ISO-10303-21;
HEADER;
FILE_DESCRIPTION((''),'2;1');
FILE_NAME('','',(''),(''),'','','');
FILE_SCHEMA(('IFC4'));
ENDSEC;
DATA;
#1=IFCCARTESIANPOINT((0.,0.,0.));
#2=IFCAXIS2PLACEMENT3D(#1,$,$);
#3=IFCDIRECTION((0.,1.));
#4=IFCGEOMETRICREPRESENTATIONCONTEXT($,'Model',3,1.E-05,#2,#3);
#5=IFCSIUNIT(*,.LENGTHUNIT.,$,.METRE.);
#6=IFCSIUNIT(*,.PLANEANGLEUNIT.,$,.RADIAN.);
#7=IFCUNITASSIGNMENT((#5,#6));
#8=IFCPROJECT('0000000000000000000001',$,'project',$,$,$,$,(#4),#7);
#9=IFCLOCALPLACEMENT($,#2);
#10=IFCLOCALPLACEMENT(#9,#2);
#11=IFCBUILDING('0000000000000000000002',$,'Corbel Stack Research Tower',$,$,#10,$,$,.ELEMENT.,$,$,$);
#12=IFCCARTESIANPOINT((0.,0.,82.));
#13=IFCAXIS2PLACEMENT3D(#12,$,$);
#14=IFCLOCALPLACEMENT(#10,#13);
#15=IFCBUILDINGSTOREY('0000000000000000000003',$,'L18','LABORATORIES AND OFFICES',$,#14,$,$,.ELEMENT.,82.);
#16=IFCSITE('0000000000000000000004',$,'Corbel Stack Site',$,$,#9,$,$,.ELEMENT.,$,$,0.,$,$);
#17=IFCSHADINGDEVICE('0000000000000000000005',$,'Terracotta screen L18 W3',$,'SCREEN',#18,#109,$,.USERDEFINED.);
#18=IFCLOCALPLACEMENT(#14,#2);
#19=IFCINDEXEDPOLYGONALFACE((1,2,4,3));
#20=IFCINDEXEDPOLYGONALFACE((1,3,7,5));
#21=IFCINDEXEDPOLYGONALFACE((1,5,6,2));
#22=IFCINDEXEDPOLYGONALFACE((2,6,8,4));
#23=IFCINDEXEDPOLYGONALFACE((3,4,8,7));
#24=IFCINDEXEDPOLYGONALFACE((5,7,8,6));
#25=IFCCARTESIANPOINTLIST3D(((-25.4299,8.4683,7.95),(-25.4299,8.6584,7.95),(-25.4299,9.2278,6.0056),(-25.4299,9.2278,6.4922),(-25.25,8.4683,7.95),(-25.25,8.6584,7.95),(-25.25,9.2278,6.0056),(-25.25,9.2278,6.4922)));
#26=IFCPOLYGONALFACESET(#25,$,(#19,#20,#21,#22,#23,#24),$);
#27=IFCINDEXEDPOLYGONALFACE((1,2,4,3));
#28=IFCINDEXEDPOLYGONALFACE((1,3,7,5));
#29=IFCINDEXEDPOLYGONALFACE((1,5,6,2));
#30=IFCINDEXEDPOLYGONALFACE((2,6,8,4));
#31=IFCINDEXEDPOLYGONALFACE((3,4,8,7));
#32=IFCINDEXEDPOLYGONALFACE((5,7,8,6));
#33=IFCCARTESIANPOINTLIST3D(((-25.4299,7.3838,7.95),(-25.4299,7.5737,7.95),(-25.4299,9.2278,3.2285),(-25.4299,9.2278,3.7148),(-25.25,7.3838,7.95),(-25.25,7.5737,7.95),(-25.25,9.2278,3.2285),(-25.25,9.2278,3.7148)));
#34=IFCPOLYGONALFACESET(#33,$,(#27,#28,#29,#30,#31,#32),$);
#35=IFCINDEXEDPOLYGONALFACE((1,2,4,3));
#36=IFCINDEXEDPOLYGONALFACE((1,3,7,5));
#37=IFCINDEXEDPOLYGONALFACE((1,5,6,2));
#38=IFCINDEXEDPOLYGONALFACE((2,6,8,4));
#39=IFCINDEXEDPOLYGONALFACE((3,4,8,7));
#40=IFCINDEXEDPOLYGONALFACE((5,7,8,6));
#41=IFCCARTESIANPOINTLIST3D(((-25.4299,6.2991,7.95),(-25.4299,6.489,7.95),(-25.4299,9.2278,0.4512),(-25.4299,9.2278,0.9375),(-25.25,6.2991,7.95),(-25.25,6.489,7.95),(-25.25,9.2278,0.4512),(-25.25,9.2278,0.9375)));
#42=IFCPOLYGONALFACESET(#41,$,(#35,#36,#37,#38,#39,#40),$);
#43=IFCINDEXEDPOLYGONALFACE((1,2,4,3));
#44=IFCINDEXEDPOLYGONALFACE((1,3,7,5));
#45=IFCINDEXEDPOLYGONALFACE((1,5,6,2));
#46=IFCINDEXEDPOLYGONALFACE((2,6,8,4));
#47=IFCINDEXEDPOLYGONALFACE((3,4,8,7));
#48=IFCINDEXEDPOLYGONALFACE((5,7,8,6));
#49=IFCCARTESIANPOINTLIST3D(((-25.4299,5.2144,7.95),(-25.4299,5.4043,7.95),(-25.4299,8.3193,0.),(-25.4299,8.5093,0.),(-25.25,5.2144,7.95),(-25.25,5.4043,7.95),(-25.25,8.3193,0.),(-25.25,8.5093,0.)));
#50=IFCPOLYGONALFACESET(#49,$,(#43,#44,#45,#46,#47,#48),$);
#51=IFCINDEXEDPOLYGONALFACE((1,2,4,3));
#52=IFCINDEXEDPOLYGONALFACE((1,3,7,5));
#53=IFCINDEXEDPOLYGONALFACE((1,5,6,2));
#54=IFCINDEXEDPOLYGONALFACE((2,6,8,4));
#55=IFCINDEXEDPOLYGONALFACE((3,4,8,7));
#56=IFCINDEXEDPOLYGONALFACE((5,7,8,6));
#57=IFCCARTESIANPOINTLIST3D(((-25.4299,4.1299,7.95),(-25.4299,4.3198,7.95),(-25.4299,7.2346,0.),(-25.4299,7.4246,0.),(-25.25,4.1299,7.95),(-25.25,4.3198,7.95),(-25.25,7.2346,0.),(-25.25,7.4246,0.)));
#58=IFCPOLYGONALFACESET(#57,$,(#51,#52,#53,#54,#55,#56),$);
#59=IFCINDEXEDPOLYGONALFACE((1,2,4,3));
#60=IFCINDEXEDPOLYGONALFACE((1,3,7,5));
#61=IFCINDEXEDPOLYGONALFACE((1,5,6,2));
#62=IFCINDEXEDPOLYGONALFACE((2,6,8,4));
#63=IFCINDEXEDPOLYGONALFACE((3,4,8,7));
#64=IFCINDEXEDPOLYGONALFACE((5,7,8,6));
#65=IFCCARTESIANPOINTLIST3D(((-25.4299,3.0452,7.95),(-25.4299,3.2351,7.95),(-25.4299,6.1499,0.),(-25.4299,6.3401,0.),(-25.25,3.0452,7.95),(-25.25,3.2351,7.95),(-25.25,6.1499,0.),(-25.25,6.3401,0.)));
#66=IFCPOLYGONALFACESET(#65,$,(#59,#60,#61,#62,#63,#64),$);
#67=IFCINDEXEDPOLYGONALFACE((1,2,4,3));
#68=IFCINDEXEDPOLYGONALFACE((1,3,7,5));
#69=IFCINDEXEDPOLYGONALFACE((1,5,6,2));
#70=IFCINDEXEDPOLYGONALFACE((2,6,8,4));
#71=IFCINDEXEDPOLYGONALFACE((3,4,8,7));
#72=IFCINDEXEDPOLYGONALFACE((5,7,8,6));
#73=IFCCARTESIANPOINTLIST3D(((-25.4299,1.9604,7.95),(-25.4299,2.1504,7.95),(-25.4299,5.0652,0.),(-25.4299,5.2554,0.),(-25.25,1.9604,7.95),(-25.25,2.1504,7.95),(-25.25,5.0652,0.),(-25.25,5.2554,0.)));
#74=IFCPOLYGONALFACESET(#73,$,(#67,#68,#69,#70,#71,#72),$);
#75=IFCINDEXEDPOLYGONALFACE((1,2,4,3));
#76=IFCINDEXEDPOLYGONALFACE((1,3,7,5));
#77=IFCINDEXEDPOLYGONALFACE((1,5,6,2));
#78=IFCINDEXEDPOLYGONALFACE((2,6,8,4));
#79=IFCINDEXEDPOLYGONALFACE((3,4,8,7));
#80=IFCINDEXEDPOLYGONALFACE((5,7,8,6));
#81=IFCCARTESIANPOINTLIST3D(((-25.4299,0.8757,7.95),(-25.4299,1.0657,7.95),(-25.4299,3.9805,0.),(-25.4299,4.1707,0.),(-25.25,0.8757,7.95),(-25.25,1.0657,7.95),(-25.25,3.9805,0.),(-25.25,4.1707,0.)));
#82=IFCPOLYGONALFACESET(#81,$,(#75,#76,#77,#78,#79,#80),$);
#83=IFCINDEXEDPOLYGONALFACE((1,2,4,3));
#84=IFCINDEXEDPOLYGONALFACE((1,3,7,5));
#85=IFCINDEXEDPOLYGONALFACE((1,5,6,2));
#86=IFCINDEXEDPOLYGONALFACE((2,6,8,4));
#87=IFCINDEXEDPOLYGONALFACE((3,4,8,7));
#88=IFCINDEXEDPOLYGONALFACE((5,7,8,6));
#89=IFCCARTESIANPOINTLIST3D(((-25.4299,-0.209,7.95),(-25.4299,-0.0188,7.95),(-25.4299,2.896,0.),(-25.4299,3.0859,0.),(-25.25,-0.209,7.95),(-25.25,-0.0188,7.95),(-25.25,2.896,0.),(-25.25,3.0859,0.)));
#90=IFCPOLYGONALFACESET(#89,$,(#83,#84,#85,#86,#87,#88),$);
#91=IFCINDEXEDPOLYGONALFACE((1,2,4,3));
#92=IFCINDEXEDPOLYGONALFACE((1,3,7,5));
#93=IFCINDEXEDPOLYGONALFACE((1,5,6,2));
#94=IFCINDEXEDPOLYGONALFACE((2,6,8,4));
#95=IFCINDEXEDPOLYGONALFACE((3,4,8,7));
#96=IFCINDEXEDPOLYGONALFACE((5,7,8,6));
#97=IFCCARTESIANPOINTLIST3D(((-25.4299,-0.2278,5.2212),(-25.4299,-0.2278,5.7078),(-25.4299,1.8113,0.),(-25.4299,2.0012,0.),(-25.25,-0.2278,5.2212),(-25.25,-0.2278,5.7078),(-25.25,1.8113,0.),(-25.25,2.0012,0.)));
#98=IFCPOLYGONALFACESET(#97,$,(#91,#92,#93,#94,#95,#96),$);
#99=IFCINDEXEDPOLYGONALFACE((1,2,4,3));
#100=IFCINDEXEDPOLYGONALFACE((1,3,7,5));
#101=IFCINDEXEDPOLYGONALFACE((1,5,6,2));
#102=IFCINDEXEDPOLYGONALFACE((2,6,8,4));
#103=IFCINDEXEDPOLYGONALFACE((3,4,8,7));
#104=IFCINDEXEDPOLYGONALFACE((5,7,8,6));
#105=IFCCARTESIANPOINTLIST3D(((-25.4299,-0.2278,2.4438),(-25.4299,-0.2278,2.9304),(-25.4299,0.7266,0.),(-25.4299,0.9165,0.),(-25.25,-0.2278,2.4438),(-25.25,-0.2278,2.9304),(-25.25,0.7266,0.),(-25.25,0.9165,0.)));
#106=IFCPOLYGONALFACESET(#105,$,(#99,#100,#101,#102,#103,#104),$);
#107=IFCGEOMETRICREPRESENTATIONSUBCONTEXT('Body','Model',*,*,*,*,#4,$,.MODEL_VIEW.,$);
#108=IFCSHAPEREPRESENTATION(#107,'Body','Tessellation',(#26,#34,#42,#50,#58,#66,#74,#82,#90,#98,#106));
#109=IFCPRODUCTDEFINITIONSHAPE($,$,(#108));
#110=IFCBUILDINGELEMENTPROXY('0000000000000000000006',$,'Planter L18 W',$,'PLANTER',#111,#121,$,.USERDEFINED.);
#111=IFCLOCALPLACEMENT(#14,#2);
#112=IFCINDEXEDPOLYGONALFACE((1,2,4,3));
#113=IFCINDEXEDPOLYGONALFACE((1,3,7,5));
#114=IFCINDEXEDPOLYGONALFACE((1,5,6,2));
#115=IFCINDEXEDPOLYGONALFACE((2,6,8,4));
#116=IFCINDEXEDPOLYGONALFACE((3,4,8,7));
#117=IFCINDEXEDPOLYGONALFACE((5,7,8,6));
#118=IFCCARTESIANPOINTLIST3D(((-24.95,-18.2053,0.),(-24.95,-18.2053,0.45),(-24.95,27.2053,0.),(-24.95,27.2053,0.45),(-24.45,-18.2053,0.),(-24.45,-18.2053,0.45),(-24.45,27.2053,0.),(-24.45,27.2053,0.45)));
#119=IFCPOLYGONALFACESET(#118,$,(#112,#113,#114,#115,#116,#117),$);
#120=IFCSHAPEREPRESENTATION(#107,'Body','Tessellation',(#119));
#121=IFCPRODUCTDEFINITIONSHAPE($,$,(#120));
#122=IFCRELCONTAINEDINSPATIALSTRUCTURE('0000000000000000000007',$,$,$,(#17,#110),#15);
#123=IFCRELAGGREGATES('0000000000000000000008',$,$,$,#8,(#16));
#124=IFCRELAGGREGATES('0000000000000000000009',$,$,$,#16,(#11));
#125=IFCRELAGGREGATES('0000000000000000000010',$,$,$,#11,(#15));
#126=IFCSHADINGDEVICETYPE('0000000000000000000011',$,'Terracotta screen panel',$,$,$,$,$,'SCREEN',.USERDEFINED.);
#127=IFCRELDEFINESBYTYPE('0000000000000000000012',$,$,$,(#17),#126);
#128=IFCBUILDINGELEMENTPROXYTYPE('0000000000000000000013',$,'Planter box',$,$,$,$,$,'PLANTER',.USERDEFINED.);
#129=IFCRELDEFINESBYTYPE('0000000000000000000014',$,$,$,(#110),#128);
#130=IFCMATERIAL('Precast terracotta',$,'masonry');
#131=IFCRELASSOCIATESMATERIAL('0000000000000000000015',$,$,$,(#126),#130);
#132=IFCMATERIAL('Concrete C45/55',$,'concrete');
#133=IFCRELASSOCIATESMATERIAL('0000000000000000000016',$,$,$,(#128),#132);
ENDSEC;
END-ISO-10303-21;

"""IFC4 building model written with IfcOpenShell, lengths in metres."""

from ifc_helpers import new_model, si_unit, direction, frame, origin, origin_2d, place, context, subcontext, project, spatial, polyline, rectangle, outline, extrude, source, transform, mapped, material, type_object, element, save


model = new_model("IFC4")

# Units and contexts
model_context = context("Model", 3, precision=1e-05, world=origin(), true_north=direction((0.0, 1.0)))
body_context = subcontext(model_context, "Body", "Model", "MODEL_VIEW")
ifc_project = project(units=[si_unit("LENGTHUNIT", "METRE"), si_unit("PLANEANGLEUNIT", "RADIAN")], contexts=[model_context])

# Site, building, storey
site_placement = place(None, origin())
site = spatial("IfcSite", under=ifc_project, at=site_placement, Name="Corbel Stack Site", CompositionType="ELEMENT", RefElevation=0.0)
building_placement = place(site_placement, origin())
building = spatial("IfcBuilding", under=site, at=building_placement, Name="Corbel Stack Research Tower", CompositionType="ELEMENT")
storey_placement = place(building_placement, frame((0.0, 0.0, 82.0)))
storey = spatial("IfcBuildingStorey", under=building, at=storey_placement, Name="L18", Description="LABORATORIES AND OFFICES", CompositionType="ELEMENT", Elevation=82.0)

# Shading device
ifc_material_1 = material(Name="Precast terracotta", Category="masonry")
shading_device_type = type_object("IfcShadingDeviceType", Name="Terracotta screen panel", ElementType="SCREEN", PredefinedType="USERDEFINED", material=ifc_material_1)
shared_shape = source(origin(), body_context, "Body", "SweptSolid", [
    extrude(outline(polyline([(0.7595, 7.95), (0.5693, 7.95), (0.0, 6.4922), (0.0, 6.0056), (0.7595, 7.95)])), frame((0.0, 0.0, 0.0), z_axis=(0.0, -1.0, 0.0), x_axis=(1.0, 0.0, 0.0)), (0.0, 0.0, 1.0), 0.1799),
    extrude(outline(polyline([(1.844, 7.95), (1.6541, 7.95), (0.0, 3.7148), (0.0, 3.2285), (1.844, 7.95)])), frame((0.0, 0.0, 0.0), z_axis=(0.0, -1.0, 0.0), x_axis=(1.0, 0.0, 0.0)), (0.0, 0.0, 1.0), 0.1799),
    extrude(outline(polyline([(2.9287, 7.95), (2.7388, 7.95), (0.0, 0.9375), (0.0, 0.4512), (2.9287, 7.95)])), frame((0.0, 0.0, 0.0), z_axis=(0.0, -1.0, 0.0), x_axis=(1.0, 0.0, 0.0)), (0.0, 0.0, 1.0), 0.1799),
    extrude(outline(polyline([(0.9084, 0.0), (4.0134, 7.95), (3.8235, 7.95), (0.7185, 0.0), (0.9084, 0.0)])), frame((0.0, 0.0, 0.0), z_axis=(0.0, -1.0, 0.0), x_axis=(1.0, 0.0, 0.0)), (0.0, 0.0, 1.0), 0.1799),
    extrude(outline(polyline([(1.9932, 0.0), (5.0979, 7.95), (4.908, 7.95), (1.8032, 0.0), (1.9932, 0.0)])), frame((0.0, 0.0, 0.0), z_axis=(0.0, -1.0, 0.0), x_axis=(1.0, 0.0, 0.0)), (0.0, 0.0, 1.0), 0.1799),
    extrude(outline(polyline([(3.0779, 0.0), (6.1826, 7.95), (5.9927, 7.95), (2.8877, 0.0), (3.0779, 0.0)])), frame((0.0, 0.0, 0.0), z_axis=(0.0, -1.0, 0.0), x_axis=(1.0, 0.0, 0.0)), (0.0, 0.0, 1.0), 0.1799),
    extrude(outline(polyline([(4.1626, 0.0), (7.2673, 7.95), (7.0774, 7.95), (3.9724, 0.0), (4.1626, 0.0)])), frame((0.0, 0.0, 0.0), z_axis=(0.0, -1.0, 0.0), x_axis=(1.0, 0.0, 0.0)), (0.0, 0.0, 1.0), 0.1799),
    extrude(outline(polyline([(5.2473, 0.0), (8.3521, 7.95), (8.1621, 7.95), (5.0571, 0.0), (5.2473, 0.0)])), frame((0.0, 0.0, 0.0), z_axis=(0.0, -1.0, 0.0), x_axis=(1.0, 0.0, 0.0)), (0.0, 0.0, 1.0), 0.1799),
    extrude(outline(polyline([(6.3318, 0.0), (9.4368, 7.95), (9.2466, 7.95), (6.1418, 0.0), (6.3318, 0.0)])), frame((0.0, 0.0, 0.0), z_axis=(0.0, -1.0, 0.0), x_axis=(1.0, 0.0, 0.0)), (0.0, 0.0, 1.0), 0.1799),
    extrude(outline(polyline([(7.4165, 0.0), (9.4556, 5.2212), (9.4556, 5.7078), (7.2266, 0.0), (7.4165, 0.0)])), frame((0.0, 0.0, 0.0), z_axis=(0.0, -1.0, 0.0), x_axis=(1.0, 0.0, 0.0)), (0.0, 0.0, 1.0), 0.1799),
    extrude(outline(polyline([(8.5012, 0.0), (9.4556, 2.4438), (9.4556, 2.9304), (8.3113, 0.0), (8.5012, 0.0)])), frame((0.0, 0.0, 0.0), z_axis=(0.0, -1.0, 0.0), x_axis=(1.0, 0.0, 0.0)), (0.0, 0.0, 1.0), 0.1799),
])
shading_device_placement = place(storey_placement, frame((-25.25, 9.2278, 0.0), z_axis=(0.0, 0.0, 1.0), x_axis=(0.0, -1.0, 0.0)))
element("IfcShadingDevice", 1, at=shading_device_placement, inside=storey, type_object=shading_device_type, Name="Terracotta screen L18 W3", ObjectType="SCREEN", PredefinedType="USERDEFINED", context=body_context, shape_type="MappedRepresentation", body=[
    mapped(shared_shape, transform((0.0, 0.0, 0.0))),
])

# Building element proxy
ifc_material_2 = material(Name="Concrete C45/55", Category="concrete")
building_element_proxy_type = type_object("IfcBuildingElementProxyType", Name="Planter box", ElementType="PLANTER", PredefinedType="USERDEFINED", material=ifc_material_2)
proxy_placement = place(storey_placement, frame((-24.7, 4.5, 0.0), z_axis=(0.0, 0.0, 1.0), x_axis=(0.0, -1.0, 0.0)))
element("IfcBuildingElementProxy", 2, at=proxy_placement, inside=storey, type_object=building_element_proxy_type, Name="Planter L18 W", ObjectType="PLANTER", PredefinedType="USERDEFINED", context=body_context, shape_type="SweptSolid", body=[
    extrude(rectangle(XDim=45.4106, YDim=0.5, at=origin_2d()), origin(), (0.0, 0.0, 1.0), 0.45),
])

save(model, "model.ifc")
